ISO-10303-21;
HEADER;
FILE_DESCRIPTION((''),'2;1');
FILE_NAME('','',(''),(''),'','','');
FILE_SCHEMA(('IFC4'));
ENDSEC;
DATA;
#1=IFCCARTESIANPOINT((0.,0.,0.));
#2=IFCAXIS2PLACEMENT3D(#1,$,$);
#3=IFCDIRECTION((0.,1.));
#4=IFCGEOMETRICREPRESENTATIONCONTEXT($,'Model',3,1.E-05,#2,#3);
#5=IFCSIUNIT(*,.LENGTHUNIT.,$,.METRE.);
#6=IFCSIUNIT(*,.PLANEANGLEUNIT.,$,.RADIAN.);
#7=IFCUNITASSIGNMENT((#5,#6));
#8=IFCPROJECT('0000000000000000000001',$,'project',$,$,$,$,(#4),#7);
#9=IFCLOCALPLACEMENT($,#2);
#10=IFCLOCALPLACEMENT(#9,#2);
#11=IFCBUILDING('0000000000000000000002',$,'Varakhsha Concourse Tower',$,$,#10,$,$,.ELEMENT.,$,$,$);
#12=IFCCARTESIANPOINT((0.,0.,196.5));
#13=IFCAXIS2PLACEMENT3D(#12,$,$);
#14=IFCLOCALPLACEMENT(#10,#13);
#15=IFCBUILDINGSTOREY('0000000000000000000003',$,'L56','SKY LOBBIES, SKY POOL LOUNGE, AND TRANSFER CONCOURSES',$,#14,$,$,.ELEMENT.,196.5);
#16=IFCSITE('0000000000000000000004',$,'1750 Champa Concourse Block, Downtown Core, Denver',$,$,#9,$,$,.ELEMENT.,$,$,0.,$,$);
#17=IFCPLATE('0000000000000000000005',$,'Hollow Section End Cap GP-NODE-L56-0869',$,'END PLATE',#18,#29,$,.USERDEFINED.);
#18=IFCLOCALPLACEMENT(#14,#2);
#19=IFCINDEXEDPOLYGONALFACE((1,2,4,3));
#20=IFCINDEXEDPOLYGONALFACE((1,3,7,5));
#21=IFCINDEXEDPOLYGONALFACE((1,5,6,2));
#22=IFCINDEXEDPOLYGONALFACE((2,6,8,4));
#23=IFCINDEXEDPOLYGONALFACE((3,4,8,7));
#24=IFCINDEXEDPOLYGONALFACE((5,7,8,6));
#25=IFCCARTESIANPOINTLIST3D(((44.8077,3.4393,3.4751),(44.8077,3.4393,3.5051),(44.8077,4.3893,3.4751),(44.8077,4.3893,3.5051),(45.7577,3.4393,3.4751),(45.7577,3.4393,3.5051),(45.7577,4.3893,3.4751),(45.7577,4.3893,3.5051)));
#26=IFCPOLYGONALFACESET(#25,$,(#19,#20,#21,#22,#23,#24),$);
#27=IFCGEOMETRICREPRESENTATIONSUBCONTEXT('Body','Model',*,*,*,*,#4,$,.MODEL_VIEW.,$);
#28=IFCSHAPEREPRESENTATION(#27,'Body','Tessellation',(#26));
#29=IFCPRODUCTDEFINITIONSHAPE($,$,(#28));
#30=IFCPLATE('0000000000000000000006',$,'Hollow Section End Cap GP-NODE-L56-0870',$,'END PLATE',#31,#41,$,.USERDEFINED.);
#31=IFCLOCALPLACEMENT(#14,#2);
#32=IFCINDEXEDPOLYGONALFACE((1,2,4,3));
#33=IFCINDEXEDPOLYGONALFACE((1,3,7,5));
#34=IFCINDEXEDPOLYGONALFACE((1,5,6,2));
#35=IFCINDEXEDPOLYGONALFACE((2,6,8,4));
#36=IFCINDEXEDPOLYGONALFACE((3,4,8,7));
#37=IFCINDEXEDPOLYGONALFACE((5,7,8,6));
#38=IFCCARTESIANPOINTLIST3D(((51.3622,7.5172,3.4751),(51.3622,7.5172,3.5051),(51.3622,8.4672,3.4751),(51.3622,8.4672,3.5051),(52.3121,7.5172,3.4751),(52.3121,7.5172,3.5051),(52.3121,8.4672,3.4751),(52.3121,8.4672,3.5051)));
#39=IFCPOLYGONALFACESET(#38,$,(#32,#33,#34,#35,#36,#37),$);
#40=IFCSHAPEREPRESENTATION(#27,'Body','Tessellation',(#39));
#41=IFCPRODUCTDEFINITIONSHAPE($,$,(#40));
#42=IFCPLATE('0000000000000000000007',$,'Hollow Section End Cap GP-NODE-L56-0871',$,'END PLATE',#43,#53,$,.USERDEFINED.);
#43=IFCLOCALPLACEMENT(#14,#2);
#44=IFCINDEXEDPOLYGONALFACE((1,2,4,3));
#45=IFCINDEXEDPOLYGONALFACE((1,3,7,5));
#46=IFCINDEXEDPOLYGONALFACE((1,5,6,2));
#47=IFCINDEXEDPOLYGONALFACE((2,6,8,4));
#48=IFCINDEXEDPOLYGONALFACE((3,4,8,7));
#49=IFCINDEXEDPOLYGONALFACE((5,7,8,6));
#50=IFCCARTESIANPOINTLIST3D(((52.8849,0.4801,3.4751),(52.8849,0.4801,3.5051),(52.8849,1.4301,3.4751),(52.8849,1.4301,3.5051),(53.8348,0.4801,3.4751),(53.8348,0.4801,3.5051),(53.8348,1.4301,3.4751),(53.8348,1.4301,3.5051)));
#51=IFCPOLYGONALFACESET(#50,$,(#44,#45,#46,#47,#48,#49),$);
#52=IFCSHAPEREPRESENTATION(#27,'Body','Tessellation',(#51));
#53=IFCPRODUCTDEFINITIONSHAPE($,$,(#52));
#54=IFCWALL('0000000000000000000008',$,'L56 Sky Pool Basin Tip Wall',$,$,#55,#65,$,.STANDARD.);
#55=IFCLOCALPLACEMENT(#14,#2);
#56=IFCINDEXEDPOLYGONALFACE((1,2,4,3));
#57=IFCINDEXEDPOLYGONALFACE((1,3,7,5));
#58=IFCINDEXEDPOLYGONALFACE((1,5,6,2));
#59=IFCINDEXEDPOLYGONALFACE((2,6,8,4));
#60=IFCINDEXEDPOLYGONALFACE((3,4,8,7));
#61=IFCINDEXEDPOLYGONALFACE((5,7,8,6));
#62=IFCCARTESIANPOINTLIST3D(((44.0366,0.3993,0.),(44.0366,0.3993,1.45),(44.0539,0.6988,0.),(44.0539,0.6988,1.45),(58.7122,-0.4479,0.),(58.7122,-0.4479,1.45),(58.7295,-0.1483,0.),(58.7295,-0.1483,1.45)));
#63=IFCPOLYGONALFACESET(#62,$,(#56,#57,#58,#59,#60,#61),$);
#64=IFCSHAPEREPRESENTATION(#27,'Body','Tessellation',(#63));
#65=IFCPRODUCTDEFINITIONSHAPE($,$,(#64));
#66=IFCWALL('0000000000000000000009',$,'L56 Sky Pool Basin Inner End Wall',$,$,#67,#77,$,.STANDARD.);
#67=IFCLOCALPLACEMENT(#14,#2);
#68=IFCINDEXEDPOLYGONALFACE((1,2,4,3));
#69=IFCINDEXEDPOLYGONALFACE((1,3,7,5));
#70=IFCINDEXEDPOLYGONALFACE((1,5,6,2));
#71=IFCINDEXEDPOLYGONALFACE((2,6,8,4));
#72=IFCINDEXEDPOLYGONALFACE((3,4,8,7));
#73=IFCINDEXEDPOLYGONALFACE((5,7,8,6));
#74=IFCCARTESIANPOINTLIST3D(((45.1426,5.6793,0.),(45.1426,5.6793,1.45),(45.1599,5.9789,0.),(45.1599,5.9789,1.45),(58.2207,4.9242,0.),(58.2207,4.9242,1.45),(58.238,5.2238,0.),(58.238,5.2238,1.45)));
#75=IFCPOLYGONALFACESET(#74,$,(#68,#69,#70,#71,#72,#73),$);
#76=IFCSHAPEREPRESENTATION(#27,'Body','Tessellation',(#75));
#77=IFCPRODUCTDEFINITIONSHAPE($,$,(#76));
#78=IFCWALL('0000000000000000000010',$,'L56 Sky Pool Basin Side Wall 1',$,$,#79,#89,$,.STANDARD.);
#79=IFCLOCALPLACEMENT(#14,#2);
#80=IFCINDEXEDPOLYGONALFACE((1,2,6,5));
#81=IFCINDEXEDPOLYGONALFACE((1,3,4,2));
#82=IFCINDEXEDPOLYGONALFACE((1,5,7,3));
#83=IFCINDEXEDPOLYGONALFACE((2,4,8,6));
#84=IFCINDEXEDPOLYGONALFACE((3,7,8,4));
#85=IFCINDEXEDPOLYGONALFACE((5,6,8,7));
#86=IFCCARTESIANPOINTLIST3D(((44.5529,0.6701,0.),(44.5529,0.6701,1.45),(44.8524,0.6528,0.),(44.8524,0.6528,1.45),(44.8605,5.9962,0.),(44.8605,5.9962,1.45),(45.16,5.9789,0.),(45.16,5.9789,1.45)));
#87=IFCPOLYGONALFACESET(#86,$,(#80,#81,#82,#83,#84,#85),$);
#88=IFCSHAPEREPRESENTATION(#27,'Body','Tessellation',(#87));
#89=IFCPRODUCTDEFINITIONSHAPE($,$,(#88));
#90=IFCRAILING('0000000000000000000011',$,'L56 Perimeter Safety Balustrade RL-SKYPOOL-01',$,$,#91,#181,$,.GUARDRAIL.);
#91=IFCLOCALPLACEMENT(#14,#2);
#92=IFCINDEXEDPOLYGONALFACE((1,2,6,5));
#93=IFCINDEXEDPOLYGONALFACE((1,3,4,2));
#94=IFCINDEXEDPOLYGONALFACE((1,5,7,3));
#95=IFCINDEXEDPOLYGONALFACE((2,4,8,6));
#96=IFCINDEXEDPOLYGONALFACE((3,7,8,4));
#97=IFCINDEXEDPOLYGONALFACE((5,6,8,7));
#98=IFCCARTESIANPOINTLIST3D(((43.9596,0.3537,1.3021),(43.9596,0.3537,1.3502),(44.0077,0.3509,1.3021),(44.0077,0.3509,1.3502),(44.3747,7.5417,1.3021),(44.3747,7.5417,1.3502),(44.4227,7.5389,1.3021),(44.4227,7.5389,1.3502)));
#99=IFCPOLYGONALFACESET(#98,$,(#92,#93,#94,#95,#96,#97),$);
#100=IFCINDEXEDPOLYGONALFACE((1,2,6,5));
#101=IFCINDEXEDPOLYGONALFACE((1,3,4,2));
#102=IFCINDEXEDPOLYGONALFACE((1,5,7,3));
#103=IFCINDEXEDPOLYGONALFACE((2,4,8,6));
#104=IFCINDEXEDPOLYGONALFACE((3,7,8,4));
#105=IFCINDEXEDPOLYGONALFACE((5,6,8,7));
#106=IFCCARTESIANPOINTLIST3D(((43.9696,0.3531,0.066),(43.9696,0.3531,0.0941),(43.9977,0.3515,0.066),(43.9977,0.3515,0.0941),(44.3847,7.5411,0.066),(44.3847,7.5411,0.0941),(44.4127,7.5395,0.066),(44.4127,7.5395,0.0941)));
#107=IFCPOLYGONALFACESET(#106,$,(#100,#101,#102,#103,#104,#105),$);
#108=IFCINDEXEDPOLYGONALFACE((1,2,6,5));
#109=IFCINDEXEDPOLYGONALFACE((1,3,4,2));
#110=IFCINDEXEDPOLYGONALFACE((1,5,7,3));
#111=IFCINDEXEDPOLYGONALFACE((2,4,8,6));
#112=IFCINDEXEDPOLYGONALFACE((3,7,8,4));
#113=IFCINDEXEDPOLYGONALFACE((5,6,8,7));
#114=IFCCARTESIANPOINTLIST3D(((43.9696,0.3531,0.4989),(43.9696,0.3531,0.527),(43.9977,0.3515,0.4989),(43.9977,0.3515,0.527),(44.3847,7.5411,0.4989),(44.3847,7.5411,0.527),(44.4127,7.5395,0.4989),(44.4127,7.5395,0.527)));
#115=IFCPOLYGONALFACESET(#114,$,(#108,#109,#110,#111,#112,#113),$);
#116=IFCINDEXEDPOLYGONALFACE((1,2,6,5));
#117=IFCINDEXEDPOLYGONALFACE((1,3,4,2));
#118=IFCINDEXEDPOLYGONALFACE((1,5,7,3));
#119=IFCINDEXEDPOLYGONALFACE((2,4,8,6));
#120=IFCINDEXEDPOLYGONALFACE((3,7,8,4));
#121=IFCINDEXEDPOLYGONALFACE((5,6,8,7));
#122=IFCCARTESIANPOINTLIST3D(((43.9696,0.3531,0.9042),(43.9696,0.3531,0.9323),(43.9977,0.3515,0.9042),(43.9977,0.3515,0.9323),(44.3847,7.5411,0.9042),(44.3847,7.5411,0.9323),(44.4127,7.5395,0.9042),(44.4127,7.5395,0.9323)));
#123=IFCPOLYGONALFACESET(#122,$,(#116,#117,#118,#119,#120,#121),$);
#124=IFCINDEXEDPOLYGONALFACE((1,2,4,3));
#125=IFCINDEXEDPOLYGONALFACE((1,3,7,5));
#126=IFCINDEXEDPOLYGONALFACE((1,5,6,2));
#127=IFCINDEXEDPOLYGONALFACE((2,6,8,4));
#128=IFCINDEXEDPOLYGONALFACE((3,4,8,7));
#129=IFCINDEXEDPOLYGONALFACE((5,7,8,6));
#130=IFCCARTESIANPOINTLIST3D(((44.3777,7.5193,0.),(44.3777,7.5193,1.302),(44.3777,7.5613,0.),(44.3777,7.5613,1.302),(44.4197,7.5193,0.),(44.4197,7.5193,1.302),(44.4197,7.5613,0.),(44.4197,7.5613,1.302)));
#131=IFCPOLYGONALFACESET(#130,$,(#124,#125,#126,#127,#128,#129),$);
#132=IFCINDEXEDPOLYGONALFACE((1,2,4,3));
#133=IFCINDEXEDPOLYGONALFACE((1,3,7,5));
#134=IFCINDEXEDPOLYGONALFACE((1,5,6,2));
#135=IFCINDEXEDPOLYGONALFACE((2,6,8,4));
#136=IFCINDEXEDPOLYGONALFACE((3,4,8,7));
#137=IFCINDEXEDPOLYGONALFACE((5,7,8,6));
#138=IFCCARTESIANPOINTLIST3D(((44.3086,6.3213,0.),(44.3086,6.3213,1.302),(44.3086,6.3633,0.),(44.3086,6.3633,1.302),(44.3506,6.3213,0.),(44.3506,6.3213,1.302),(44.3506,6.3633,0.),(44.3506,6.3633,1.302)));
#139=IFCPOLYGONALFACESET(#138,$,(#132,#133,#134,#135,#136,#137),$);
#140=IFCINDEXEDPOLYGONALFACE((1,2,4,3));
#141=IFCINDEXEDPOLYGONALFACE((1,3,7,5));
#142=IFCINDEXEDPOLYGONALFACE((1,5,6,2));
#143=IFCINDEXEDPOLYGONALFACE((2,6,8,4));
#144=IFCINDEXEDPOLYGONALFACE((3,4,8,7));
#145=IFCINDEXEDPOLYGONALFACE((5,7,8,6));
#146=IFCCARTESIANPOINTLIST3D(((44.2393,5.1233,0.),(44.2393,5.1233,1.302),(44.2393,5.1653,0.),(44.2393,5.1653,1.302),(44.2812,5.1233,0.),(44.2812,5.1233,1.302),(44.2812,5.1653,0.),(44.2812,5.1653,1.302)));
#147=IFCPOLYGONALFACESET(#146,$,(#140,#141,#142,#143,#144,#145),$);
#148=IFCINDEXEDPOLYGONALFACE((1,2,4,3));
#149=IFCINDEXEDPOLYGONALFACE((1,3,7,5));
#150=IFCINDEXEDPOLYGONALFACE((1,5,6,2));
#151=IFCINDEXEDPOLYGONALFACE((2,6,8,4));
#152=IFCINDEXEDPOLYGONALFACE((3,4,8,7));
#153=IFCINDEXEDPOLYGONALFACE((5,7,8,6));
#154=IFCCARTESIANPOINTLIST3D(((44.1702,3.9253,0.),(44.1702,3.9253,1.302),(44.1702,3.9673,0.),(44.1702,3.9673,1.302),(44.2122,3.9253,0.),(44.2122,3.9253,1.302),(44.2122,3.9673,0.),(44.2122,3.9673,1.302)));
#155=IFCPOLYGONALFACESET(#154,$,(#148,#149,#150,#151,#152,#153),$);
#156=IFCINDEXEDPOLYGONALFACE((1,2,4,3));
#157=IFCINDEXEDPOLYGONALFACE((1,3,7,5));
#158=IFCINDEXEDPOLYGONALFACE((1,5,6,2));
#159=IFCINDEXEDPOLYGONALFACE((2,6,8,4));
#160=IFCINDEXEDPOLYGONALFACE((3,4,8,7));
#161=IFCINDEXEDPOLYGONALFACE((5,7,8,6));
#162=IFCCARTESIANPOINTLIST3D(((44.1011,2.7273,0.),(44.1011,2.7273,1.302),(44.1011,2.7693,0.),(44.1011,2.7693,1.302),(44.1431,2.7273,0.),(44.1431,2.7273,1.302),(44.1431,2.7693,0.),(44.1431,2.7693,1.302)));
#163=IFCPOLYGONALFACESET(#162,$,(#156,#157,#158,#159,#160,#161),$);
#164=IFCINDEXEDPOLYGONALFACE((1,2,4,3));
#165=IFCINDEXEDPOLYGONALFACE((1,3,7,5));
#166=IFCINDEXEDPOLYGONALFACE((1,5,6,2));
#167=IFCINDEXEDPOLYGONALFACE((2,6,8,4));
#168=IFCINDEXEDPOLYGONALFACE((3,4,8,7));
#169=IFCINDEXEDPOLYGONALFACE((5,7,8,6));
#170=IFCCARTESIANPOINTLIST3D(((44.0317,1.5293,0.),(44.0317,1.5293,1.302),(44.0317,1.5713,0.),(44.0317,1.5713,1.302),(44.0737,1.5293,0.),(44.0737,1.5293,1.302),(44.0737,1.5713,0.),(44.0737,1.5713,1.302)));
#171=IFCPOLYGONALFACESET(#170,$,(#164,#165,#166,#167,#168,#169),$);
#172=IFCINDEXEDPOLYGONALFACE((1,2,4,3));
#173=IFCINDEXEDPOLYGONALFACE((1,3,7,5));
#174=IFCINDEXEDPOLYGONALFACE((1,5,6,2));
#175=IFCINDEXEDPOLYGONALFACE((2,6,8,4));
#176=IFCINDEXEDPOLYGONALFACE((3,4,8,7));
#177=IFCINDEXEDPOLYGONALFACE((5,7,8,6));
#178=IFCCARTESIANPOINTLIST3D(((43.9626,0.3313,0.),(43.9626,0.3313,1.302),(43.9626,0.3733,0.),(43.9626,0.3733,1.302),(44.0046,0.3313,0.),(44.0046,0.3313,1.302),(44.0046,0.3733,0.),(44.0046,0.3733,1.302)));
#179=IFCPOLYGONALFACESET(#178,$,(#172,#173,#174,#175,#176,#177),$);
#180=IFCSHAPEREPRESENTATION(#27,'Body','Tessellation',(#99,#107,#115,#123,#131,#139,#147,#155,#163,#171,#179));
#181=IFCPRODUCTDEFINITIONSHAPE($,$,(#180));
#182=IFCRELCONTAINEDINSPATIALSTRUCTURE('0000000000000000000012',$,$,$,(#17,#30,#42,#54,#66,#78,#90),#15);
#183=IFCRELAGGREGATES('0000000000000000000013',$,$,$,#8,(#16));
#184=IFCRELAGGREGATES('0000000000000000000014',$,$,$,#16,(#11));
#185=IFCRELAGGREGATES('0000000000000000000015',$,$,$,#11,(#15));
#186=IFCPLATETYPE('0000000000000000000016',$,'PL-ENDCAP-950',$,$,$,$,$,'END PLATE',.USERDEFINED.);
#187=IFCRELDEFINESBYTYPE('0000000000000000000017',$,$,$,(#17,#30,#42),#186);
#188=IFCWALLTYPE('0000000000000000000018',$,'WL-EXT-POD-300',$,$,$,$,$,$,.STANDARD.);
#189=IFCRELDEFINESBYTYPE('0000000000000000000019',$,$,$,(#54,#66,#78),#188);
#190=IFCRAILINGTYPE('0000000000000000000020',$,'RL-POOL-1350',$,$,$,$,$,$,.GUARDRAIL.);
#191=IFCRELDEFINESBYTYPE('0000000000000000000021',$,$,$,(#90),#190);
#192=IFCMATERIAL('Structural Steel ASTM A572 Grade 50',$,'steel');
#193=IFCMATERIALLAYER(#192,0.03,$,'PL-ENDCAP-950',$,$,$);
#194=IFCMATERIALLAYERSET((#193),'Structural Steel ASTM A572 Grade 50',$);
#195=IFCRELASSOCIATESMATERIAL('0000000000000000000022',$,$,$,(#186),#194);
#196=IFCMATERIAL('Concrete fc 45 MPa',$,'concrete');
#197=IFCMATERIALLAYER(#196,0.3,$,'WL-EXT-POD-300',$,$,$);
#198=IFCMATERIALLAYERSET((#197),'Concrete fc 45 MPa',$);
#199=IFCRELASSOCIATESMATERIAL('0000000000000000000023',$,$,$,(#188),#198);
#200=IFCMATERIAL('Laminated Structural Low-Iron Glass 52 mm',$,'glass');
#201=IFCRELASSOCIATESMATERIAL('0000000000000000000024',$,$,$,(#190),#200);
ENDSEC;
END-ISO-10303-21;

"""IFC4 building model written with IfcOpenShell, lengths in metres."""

from ifc_helpers import new_model, si_unit, direction, frame, frame_2d, origin, origin_2d, place, context, subcontext, project, spatial, rectangle, extrude, source, transform, mapped, material, layer, layer_set, type_object, type_shapes, element, save


model = new_model("IFC4")

# Units and contexts
model_context = context("Model", 3, precision=1e-05, world=origin(), true_north=direction((0.0, 1.0)))
body_context = subcontext(model_context, "Body", "Model", "MODEL_VIEW")
ifc_project = project(units=[si_unit("LENGTHUNIT", "METRE"), si_unit("PLANEANGLEUNIT", "RADIAN")], contexts=[model_context])

# Site, building, storey
site_placement = place(None, origin())
site = spatial("IfcSite", under=ifc_project, at=site_placement, Name="1750 Champa Concourse Block, Downtown Core, Denver", CompositionType="ELEMENT", RefElevation=0.0)
building_placement = place(site_placement, origin())
building = spatial("IfcBuilding", under=site, at=building_placement, Name="Varakhsha Concourse Tower", CompositionType="ELEMENT")
storey_placement = place(building_placement, frame((0.0, 0.0, 196.5)))
storey = spatial("IfcBuildingStorey", under=building, at=storey_placement, Name="L56", Description="SKY LOBBIES, SKY POOL LOUNGE, AND TRANSFER CONCOURSES", CompositionType="ELEMENT", Elevation=196.5)

# Shared definitions
ifc_material_1 = material(Name="Structural Steel ASTM A572 Grade 50", Category="steel")

# Plates
ifc_layer_1 = layer(ifc_material_1, 0.03, Name="PL-ENDCAP-950")
ifc_layer_set_1 = layer_set([ifc_layer_1], Name="Structural Steel ASTM A572 Grade 50")
plate_type = type_object("IfcPlateType", Name="PL-ENDCAP-950", ElementType="END PLATE", PredefinedType="USERDEFINED", material=ifc_layer_set_1)
shared_shape_1 = source(origin(), body_context, "Body", "SweptSolid", [
    extrude(rectangle(XDim=0.95, YDim=0.95, at=origin_2d()), origin(), (0.0, 0.0, 1.0), 0.03),
])
type_shapes(plate_type, [shared_shape_1])
for number, where, z_axis, x_axis, name in (
    (1, (45.2827, 3.9143, 3.4751), (0.0, 0.0, 1.0), (1.0, 0.0, 0.0), "Hollow Section End Cap GP-NODE-L56-0869"),
    (2, (51.8372, 7.9922, 3.4751), (0.0, 0.0, 1.0), (1.0, 0.0, 0.0), "Hollow Section End Cap GP-NODE-L56-0870"),
    (3, (53.3599, 0.9551, 3.4751), (0.0, 0.0, 1.0), (1.0, 0.0, 0.0), "Hollow Section End Cap GP-NODE-L56-0871"),
):
    element("IfcPlate", number, at=place(storey_placement, frame(where, z_axis=z_axis, x_axis=x_axis)), inside=storey, type_object=plate_type, Name=name, ObjectType="END PLATE", PredefinedType="USERDEFINED", context=body_context, shape_type="MappedRepresentation", body=[
        mapped(shared_shape_1, transform((0.0, 0.0, 0.0), scale=1.0)),
    ])

# Walls
ifc_material_2 = material(Name="Concrete fc 45 MPa", Category="concrete")
ifc_layer_2 = layer(ifc_material_2, 0.3, Name="WL-EXT-POD-300")
ifc_layer_set_2 = layer_set([ifc_layer_2], Name="Concrete fc 45 MPa")
wall_type = type_object("IfcWallType", Name="WL-EXT-POD-300", PredefinedType="STANDARD", material=ifc_layer_set_2)
wall_1_placement = place(storey_placement, frame((44.0452, 0.5491, 0.0), z_axis=(0.0, 0.0, 1.0), x_axis=(0.998338, -0.057631, 0.0)))
element("IfcWall", 4, at=wall_1_placement, inside=storey, type_object=wall_type, Name="L56 Sky Pool Basin Tip Wall", PredefinedType="STANDARD", context=body_context, shape_type="SweptSolid", body=[
    extrude(rectangle(XDim=14.7, YDim=0.3, at=frame_2d((7.3501, 0.0))), origin(), (0.0, 0.0, 1.0), 1.45),
])
wall_2_placement = place(storey_placement, frame((45.1514, 5.8291, 0.0), z_axis=(0.0, 0.0, 1.0), x_axis=(0.998337, -0.057644, 0.0)))
element("IfcWall", 5, at=wall_2_placement, inside=storey, type_object=wall_type, Name="L56 Sky Pool Basin Inner End Wall", PredefinedType="STANDARD", context=body_context, shape_type="SweptSolid", body=[
    extrude(rectangle(XDim=13.0999, YDim=0.3, at=frame_2d((6.5498, 0.0))), origin(), (0.0, 0.0, 1.0), 1.45),
])
wall_3_placement = place(storey_placement, frame((45.0103, 5.9875, 0.0), z_axis=(0.0, 0.0, 1.0), x_axis=(-0.05766, -0.998336, 0.0)))
element("IfcWall", 6, at=wall_3_placement, inside=storey, type_object=wall_type, Name="L56 Sky Pool Basin Side Wall 1", PredefinedType="STANDARD", context=body_context, shape_type="SweptSolid", body=[
    extrude(rectangle(XDim=5.335, YDim=0.3, at=frame_2d((2.6675, 0.0))), origin(), (0.0, 0.0, 1.0), 1.45),
])

# Railing
ifc_material_3 = material(Name="Laminated Structural Low-Iron Glass 52 mm", Category="glass")
railing_type = type_object("IfcRailingType", Name="RL-POOL-1350", PredefinedType="GUARDRAIL", material=ifc_material_3)
railing_1_placement = place(storey_placement, frame((44.3987, 7.5403, 0.0)))
element("IfcRailing", 7, at=railing_1_placement, inside=storey, type_object=railing_type, Name="L56 Perimeter Safety Balustrade RL-SKYPOOL-01", PredefinedType="GUARDRAIL", context=body_context, shape_type="SweptSolid", body=[
    extrude(rectangle(XDim=0.0481, YDim=0.0481, at=origin_2d()), frame((0.0, 0.0, 1.3262), z_axis=(-0.057645, -0.998337, 0.0), x_axis=(0.998337, -0.057645, 0.0)), (0.0, 0.0, 1.0), 7.2),
    extrude(rectangle(XDim=0.0281, YDim=0.0281, at=origin_2d()), frame((0.0, 0.0, 0.0801), z_axis=(-0.057645, -0.998337, 0.0), x_axis=(0.998337, -0.057645, 0.0)), (0.0, 0.0, 1.0), 7.2),
    extrude(rectangle(XDim=0.0281, YDim=0.0281, at=origin_2d()), frame((0.0, 0.0, 0.5129), z_axis=(-0.057645, -0.998337, 0.0), x_axis=(0.998337, -0.057645, 0.0)), (0.0, 0.0, 1.0), 7.2),
    extrude(rectangle(XDim=0.0281, YDim=0.0281, at=origin_2d()), frame((0.0, 0.0, 0.9182), z_axis=(-0.057645, -0.998337, 0.0), x_axis=(0.998337, -0.057645, 0.0)), (0.0, 0.0, 1.0), 7.2),
    extrude(rectangle(XDim=0.042, YDim=0.042, at=origin_2d()), origin(), (0.0, 0.0, 1.0), 1.302),
    extrude(rectangle(XDim=0.042, YDim=0.042, at=origin_2d()), frame((-0.0691, -1.198, 0.0)), (0.0, 0.0, 1.0), 1.302),
    extrude(rectangle(XDim=0.042, YDim=0.042, at=origin_2d()), frame((-0.1384, -2.396, 0.0)), (0.0, 0.0, 1.0), 1.302),
    extrude(rectangle(XDim=0.042, YDim=0.042, at=origin_2d()), frame((-0.2075, -3.594, 0.0)), (0.0, 0.0, 1.0), 1.302),
    extrude(rectangle(XDim=0.042, YDim=0.042, at=origin_2d()), frame((-0.2766, -4.792, 0.0)), (0.0, 0.0, 1.0), 1.302),
    extrude(rectangle(XDim=0.042, YDim=0.042, at=origin_2d()), frame((-0.3459, -5.99, 0.0)), (0.0, 0.0, 1.0), 1.302),
    extrude(rectangle(XDim=0.042, YDim=0.042, at=origin_2d()), frame((-0.415, -7.188, 0.0)), (0.0, 0.0, 1.0), 1.302),
])

save(model, "model.ifc")
